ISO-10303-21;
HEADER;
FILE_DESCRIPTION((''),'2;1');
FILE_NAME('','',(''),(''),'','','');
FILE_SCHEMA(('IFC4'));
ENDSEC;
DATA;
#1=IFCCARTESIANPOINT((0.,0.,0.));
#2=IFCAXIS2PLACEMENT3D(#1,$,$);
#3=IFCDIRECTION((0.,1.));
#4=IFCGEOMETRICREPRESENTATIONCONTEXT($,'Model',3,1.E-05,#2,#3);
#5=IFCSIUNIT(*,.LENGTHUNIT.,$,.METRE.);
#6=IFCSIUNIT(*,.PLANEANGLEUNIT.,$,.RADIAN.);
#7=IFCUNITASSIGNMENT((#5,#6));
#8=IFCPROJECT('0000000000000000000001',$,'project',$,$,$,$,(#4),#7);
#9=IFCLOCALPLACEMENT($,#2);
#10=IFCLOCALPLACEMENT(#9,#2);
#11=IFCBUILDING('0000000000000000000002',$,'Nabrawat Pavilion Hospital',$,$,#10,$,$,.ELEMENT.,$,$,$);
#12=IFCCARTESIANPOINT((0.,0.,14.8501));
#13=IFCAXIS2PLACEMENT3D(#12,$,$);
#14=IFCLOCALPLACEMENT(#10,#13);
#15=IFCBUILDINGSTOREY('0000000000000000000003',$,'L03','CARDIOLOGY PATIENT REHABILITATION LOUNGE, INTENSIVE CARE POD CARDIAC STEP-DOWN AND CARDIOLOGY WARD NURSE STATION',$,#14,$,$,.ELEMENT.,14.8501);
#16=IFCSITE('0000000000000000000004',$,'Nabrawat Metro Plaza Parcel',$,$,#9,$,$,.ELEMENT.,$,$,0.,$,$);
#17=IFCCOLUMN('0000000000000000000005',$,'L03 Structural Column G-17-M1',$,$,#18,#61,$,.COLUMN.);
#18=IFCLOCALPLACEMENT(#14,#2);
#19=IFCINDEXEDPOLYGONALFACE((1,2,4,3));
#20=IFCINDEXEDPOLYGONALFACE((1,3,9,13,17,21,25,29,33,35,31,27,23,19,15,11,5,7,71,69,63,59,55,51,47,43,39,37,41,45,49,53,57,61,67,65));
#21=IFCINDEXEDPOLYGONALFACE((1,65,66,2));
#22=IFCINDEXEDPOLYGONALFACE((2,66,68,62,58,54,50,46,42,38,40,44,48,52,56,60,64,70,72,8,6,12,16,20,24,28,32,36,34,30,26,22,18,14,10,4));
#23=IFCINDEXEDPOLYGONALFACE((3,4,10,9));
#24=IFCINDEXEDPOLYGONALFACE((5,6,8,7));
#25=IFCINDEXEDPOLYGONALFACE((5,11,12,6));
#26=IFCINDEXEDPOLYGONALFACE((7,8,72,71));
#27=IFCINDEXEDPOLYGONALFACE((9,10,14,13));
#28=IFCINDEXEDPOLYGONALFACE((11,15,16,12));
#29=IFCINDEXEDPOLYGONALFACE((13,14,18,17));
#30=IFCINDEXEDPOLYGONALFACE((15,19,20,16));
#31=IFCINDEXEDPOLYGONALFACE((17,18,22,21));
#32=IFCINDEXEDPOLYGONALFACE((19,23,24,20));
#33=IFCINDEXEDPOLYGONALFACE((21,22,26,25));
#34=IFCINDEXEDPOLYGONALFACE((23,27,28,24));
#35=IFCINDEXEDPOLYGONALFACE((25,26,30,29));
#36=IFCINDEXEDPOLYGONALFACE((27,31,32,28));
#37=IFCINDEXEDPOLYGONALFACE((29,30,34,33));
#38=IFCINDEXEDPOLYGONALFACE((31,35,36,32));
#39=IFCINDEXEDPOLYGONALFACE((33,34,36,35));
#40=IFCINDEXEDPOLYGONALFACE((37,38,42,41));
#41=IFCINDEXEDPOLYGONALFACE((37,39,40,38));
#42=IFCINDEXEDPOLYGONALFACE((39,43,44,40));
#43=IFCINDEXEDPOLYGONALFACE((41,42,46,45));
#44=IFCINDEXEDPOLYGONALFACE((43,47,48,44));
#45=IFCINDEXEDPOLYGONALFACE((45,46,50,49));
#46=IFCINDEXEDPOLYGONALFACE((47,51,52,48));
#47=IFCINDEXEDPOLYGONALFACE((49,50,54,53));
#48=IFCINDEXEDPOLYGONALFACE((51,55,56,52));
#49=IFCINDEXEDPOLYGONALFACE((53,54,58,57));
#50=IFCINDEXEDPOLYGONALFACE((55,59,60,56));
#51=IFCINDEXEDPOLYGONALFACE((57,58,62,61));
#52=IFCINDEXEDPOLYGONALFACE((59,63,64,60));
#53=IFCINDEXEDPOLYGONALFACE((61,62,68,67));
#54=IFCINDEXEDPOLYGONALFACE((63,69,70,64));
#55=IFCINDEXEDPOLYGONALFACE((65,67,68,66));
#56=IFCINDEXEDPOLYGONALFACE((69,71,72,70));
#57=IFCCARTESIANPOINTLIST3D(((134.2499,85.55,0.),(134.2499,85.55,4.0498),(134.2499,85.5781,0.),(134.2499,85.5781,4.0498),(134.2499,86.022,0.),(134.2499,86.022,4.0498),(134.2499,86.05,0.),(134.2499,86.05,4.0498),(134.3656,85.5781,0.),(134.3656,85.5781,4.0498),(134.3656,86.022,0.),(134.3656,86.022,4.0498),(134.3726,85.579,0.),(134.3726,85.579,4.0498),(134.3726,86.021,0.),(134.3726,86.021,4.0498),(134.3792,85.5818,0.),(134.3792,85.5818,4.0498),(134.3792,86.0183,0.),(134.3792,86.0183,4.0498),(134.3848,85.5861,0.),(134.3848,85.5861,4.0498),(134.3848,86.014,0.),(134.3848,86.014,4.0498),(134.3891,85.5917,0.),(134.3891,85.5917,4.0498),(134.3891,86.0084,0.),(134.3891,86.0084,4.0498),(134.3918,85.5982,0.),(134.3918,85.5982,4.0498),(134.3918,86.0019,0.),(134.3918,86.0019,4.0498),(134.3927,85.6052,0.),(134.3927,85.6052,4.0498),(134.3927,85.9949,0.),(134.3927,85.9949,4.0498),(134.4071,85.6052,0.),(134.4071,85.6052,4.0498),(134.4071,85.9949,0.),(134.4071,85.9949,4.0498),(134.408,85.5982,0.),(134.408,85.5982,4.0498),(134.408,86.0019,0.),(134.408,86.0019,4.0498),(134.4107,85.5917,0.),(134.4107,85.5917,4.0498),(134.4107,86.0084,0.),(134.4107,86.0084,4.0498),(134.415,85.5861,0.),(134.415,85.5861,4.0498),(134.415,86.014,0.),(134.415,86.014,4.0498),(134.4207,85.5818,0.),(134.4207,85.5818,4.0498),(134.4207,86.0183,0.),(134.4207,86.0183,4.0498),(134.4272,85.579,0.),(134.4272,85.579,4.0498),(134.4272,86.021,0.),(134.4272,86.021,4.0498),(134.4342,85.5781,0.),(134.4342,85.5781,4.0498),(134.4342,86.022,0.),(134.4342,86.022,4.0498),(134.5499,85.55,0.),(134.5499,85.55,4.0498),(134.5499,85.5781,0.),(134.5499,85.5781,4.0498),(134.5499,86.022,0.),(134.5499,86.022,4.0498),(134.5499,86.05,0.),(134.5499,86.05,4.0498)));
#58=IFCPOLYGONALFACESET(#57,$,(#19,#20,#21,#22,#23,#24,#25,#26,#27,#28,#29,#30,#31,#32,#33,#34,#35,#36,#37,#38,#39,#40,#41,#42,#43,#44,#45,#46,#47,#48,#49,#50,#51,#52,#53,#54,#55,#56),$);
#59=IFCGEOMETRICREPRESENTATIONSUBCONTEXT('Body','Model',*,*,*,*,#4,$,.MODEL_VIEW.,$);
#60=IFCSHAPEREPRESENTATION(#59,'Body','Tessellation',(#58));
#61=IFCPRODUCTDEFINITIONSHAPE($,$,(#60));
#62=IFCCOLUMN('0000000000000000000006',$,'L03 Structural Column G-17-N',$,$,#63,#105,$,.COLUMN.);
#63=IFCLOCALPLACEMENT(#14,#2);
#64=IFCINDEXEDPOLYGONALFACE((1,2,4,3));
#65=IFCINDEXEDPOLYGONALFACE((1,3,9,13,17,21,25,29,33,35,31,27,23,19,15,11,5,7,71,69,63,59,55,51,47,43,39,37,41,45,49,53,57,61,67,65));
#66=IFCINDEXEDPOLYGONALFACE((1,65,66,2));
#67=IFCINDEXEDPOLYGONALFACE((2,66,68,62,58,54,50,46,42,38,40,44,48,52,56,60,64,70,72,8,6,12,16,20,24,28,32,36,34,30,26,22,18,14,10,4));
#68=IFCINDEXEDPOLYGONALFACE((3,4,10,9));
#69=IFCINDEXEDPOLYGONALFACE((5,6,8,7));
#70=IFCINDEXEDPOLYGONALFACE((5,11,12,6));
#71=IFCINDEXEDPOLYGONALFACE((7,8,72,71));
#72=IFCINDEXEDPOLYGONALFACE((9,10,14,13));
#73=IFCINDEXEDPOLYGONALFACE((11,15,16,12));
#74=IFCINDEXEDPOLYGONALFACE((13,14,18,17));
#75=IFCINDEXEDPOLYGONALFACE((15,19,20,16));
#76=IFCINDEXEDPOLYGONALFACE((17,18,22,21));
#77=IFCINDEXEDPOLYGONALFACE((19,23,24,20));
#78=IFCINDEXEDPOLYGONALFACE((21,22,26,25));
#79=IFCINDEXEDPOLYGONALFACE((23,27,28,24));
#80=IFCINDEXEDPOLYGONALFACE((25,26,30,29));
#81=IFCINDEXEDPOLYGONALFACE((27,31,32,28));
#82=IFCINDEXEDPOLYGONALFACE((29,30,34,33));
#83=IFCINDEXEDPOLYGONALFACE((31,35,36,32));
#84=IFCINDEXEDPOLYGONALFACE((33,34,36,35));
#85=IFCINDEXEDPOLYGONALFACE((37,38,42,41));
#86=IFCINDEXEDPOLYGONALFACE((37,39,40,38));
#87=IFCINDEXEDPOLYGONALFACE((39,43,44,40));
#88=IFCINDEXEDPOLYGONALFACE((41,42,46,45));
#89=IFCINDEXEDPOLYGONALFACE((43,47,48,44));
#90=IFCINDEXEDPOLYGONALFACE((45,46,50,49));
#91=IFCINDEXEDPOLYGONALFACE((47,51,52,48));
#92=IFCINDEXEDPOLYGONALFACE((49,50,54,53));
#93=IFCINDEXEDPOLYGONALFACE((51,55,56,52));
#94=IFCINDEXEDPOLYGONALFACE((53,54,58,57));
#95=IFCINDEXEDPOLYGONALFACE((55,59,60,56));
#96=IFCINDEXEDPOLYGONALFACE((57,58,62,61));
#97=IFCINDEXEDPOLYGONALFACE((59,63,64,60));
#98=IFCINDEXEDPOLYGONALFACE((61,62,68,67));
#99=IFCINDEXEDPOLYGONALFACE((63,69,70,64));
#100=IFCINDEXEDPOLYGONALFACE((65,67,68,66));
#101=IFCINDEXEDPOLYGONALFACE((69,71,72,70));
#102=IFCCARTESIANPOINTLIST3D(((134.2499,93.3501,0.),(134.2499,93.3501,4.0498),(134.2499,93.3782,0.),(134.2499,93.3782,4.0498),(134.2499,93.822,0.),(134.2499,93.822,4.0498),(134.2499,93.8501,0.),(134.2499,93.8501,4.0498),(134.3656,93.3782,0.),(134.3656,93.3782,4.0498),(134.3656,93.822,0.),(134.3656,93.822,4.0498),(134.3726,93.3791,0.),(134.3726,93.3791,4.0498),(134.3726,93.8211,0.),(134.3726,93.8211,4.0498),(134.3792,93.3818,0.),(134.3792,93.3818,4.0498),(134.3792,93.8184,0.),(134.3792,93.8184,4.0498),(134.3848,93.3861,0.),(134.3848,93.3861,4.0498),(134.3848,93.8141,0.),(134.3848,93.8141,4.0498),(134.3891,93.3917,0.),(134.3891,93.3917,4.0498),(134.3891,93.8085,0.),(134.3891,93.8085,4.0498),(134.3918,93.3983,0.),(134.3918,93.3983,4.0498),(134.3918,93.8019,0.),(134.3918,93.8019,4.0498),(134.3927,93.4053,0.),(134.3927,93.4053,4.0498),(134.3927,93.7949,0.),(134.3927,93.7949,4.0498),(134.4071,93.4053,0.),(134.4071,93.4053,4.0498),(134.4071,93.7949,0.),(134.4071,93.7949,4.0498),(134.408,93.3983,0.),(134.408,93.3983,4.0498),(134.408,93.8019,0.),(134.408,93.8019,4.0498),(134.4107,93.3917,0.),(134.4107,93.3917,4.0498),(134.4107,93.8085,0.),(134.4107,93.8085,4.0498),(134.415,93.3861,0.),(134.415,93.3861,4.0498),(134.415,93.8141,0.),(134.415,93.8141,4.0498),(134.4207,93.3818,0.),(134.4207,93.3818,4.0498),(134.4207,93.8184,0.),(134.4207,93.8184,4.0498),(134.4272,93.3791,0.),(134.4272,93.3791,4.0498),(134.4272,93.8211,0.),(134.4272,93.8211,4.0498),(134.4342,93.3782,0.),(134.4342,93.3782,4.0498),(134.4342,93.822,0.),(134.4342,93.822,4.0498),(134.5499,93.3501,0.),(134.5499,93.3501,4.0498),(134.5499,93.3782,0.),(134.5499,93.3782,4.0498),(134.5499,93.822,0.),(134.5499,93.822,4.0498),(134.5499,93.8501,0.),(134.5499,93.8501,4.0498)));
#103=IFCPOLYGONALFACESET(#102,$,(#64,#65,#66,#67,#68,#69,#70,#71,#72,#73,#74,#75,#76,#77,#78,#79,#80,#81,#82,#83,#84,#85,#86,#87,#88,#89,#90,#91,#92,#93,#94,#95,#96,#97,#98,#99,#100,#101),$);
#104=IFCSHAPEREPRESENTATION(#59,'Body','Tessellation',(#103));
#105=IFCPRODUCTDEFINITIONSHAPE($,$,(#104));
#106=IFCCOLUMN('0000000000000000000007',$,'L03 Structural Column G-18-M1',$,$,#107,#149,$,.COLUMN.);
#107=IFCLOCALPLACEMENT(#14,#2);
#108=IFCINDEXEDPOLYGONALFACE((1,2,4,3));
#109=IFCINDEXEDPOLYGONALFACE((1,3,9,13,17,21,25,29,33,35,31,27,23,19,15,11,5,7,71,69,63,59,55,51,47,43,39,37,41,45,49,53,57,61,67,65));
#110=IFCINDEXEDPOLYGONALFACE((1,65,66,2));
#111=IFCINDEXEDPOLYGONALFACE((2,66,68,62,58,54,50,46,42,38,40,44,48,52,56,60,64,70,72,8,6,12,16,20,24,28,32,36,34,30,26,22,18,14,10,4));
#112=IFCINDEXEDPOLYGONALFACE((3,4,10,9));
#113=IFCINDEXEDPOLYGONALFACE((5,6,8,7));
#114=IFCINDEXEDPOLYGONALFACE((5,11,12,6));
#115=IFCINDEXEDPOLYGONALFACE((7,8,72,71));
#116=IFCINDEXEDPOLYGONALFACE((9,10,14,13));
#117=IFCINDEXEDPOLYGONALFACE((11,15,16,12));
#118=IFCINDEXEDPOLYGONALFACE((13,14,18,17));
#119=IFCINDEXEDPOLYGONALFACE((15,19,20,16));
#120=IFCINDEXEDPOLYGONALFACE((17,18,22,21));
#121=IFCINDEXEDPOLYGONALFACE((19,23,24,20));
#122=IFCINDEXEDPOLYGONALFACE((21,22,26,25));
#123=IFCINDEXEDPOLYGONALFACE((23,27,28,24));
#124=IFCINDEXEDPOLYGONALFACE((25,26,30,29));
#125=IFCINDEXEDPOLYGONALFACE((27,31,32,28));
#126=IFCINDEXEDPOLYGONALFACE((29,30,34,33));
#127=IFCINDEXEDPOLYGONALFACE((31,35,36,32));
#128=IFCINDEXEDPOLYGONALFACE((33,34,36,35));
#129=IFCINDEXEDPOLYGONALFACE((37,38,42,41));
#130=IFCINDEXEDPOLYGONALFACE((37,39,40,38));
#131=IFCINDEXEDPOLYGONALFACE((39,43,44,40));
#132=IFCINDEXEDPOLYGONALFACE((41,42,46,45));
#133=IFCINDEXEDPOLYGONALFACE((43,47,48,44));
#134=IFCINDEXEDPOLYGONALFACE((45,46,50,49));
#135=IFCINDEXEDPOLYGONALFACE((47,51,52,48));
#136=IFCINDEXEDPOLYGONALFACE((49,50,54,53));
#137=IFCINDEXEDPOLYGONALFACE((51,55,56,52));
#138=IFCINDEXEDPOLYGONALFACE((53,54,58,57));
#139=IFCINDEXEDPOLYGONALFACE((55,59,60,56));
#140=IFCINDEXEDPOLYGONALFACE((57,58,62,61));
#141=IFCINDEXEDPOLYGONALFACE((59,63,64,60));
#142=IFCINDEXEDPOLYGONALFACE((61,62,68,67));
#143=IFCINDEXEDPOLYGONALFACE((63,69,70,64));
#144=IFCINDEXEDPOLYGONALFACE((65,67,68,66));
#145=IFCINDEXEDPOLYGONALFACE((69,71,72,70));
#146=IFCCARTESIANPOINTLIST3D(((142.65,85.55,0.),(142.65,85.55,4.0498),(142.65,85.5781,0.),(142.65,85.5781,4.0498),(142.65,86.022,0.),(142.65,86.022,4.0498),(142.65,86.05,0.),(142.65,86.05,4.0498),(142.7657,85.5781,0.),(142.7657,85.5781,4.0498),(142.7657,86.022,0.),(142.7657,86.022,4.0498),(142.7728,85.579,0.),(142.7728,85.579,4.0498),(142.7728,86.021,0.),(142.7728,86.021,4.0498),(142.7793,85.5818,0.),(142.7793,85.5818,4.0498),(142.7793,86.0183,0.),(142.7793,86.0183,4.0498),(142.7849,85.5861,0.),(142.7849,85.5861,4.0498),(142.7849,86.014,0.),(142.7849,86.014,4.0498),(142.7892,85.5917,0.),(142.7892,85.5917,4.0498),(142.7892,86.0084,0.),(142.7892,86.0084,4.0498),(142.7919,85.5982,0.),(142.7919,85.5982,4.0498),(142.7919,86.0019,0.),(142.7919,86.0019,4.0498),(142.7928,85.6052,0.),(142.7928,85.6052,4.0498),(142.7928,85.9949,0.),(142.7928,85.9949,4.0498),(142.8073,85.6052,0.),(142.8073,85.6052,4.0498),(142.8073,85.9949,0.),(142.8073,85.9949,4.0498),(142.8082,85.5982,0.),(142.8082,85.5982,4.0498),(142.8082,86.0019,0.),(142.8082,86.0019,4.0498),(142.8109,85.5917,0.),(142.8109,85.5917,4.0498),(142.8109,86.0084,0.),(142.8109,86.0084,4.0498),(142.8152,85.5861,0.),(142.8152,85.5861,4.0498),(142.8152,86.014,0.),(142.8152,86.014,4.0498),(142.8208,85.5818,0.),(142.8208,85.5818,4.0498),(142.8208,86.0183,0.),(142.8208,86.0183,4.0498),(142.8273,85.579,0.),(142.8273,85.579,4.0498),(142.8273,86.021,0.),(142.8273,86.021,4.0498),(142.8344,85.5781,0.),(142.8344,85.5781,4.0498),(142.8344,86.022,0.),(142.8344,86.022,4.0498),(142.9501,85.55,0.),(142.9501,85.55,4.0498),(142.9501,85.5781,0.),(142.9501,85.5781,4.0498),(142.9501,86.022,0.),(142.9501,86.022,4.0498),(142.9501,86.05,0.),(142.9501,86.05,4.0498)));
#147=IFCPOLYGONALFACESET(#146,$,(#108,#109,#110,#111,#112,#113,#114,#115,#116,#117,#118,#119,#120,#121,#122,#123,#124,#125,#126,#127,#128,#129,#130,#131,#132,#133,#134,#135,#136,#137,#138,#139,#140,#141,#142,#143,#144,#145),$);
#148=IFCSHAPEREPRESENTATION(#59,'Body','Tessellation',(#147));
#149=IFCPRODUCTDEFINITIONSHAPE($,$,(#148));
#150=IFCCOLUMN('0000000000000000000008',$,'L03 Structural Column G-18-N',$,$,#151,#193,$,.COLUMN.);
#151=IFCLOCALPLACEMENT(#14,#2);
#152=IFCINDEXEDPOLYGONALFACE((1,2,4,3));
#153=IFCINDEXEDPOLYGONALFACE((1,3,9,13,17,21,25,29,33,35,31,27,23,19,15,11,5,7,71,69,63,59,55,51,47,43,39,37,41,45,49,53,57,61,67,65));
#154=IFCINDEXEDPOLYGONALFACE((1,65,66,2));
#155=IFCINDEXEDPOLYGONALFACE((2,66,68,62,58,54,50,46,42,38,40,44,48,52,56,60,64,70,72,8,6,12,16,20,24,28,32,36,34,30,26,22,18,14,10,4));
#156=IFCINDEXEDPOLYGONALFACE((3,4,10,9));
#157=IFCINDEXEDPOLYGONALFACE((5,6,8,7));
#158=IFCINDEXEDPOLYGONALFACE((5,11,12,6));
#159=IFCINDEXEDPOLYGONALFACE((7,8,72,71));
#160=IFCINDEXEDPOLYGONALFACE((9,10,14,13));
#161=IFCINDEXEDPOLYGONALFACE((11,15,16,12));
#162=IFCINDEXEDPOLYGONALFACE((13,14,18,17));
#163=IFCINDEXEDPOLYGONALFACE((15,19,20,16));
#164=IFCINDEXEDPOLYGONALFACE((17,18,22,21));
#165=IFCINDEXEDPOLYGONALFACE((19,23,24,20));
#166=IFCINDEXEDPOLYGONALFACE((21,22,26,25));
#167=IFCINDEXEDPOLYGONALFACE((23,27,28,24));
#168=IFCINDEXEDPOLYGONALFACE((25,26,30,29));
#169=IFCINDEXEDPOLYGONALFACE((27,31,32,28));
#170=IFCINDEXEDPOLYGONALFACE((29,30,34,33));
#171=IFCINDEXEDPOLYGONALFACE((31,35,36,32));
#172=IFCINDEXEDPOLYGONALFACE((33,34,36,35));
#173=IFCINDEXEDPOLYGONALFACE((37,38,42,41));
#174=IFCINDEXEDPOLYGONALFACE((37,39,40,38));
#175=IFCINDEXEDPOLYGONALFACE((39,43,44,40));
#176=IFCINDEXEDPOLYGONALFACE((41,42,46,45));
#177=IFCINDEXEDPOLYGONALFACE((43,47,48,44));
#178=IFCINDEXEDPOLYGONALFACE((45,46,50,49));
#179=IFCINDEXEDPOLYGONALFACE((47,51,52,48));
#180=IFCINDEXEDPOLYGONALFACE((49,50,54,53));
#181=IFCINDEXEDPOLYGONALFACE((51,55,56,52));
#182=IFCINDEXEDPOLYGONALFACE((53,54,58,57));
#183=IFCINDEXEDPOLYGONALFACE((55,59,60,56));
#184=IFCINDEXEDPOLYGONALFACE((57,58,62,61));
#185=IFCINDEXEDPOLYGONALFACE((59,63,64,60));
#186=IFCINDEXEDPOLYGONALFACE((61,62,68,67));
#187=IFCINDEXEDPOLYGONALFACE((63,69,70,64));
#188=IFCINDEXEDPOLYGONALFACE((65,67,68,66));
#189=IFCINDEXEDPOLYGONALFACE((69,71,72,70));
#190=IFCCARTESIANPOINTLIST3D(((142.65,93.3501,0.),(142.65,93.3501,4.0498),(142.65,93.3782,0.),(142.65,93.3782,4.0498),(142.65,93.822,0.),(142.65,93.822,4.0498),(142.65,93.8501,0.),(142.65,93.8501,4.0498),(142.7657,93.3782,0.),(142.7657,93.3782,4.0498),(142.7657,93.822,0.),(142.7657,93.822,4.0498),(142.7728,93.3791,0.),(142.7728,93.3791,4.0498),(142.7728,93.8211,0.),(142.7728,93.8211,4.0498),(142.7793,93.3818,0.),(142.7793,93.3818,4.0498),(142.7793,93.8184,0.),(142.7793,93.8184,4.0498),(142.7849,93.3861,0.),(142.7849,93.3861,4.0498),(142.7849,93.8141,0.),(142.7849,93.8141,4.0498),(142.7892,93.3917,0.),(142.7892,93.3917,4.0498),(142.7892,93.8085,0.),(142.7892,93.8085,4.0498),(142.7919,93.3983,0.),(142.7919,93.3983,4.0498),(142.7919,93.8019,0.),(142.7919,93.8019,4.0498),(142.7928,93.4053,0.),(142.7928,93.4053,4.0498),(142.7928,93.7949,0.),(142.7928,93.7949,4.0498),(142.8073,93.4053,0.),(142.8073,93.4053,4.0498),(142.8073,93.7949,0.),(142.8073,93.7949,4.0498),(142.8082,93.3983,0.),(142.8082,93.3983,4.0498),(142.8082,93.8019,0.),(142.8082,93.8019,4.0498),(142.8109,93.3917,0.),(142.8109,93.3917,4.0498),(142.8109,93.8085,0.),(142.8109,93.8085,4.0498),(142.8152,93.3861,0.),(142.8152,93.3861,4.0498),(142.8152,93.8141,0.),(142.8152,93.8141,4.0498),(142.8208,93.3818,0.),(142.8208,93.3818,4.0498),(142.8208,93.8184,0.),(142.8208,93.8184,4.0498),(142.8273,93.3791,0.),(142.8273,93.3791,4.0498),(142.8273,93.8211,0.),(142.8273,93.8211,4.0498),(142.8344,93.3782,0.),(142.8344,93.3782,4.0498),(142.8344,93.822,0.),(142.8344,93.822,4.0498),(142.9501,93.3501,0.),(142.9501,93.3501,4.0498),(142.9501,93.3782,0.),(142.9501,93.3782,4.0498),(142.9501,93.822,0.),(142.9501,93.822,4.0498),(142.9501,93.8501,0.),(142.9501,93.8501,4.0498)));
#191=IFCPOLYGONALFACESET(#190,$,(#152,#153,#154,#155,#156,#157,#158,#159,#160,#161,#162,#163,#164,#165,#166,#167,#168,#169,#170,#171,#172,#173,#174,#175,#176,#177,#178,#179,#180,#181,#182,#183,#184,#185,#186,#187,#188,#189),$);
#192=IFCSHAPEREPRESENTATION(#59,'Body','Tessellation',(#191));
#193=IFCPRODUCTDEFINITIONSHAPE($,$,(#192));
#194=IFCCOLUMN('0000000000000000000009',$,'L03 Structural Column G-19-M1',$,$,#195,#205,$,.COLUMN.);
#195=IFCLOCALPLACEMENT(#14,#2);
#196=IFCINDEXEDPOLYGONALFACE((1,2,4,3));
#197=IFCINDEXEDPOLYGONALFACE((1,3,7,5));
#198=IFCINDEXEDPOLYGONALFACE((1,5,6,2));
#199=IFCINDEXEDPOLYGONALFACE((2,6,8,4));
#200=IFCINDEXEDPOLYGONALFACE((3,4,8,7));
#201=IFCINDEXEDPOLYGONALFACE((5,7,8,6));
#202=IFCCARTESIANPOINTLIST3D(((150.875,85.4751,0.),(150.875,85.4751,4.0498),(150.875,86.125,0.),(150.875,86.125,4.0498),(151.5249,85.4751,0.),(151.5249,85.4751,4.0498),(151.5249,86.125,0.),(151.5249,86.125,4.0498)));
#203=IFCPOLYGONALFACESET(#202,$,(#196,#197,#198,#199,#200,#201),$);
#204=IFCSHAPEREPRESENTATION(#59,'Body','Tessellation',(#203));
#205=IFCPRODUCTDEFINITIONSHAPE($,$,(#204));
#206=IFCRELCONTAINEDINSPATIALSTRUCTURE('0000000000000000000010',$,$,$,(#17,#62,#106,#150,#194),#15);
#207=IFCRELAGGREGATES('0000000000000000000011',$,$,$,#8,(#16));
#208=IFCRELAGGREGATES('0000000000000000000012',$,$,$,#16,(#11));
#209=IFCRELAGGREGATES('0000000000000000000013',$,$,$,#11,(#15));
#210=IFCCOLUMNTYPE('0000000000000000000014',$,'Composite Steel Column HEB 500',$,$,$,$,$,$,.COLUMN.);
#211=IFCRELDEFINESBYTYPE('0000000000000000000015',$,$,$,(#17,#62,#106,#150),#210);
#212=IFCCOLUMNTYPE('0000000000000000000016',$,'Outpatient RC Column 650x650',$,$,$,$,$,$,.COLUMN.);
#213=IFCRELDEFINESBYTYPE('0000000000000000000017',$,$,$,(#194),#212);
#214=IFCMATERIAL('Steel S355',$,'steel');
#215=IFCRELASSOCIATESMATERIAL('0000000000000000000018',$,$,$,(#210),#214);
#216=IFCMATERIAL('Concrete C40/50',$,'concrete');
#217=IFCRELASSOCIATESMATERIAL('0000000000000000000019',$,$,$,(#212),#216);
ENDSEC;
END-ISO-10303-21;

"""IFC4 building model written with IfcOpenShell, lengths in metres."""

from ifc_helpers import new_model, si_unit, direction, frame, origin, origin_2d, place, context, subcontext, project, spatial, rectangle, i_section, extrude, material, material_profile, profile_set, type_object, element, save


model = new_model("IFC4")

# Units and contexts
model_context = context("Model", 3, precision=1e-05, world=origin(), true_north=direction((0.0, 1.0)))
body_context = subcontext(model_context, "Body", "Model", "MODEL_VIEW")
ifc_project = project(units=[si_unit("LENGTHUNIT", "METRE"), si_unit("PLANEANGLEUNIT", "RADIAN")], contexts=[model_context])

# Site, building, storey
site_placement = place(None, origin())
site = spatial("IfcSite", under=ifc_project, at=site_placement, Name="Nabrawat Metro Plaza Parcel", CompositionType="ELEMENT", RefElevation=0.0)
building_placement = place(site_placement, origin())
building = spatial("IfcBuilding", under=site, at=building_placement, Name="Nabrawat Pavilion Hospital", CompositionType="ELEMENT")
storey_placement = place(building_placement, frame((0.0, 0.0, 14.8501)))
storey = spatial("IfcBuildingStorey", under=building, at=storey_placement, Name="L03", Description="CARDIOLOGY PATIENT REHABILITATION LOUNGE, INTENSIVE CARE POD CARDIAC STEP-DOWN AND CARDIOLOGY WARD NURSE STATION", CompositionType="ELEMENT", Elevation=14.8501)

# Columns
ifc_material_1 = material(Name="Steel S355", Category="steel")
ifc_material_profile_1 = material_profile(ifc_material_1, i_section(OverallWidth=0.3, OverallDepth=0.5, WebThickness=0.0144, FlangeThickness=0.0281, FilletRadius=0.0271, at=origin_2d()), Name="HEB 500")
ifc_profile_set_1 = profile_set([ifc_material_profile_1], Name="Steel S355")
column_type_1 = type_object("IfcColumnType", Name="Composite Steel Column HEB 500", PredefinedType="COLUMN", material=ifc_profile_set_1)
for number, where, z_axis, x_axis, name in (
    (1, (134.3999, 85.8, 0.0), (0.0, 0.0, 1.0), (1.0, 0.0, 0.0), "L03 Structural Column G-17-M1"),
    (2, (134.3999, 93.6001, 0.0), (0.0, 0.0, 1.0), (1.0, 0.0, 0.0), "L03 Structural Column G-17-N"),
    (3, (142.8, 85.8, 0.0), (0.0, 0.0, 1.0), (1.0, 0.0, 0.0), "L03 Structural Column G-18-M1"),
    (4, (142.8, 93.6001, 0.0), (0.0, 0.0, 1.0), (1.0, 0.0, 0.0), "L03 Structural Column G-18-N"),
):
    element("IfcColumn", number, at=place(storey_placement, frame(where, z_axis=z_axis, x_axis=x_axis)), inside=storey, type_object=column_type_1, Name=name, PredefinedType="COLUMN", context=body_context, shape_type="SweptSolid", body=[
        extrude(i_section(OverallWidth=0.3, OverallDepth=0.5, WebThickness=0.0144, FlangeThickness=0.0281, FilletRadius=0.0271, at=origin_2d()), origin(), (0.0, 0.0, 1.0), 4.0498),
    ])
ifc_material_2 = material(Name="Concrete C40/50", Category="concrete")
ifc_material_profile_2 = material_profile(ifc_material_2, rectangle(XDim=0.6499, YDim=0.6499, at=origin_2d()), Name="RC 650x650")
ifc_profile_set_2 = profile_set([ifc_material_profile_2], Name="Concrete C40/50")
column_type_2 = type_object("IfcColumnType", Name="Outpatient RC Column 650x650", PredefinedType="COLUMN", material=ifc_profile_set_2)
column_placement = place(storey_placement, frame((151.2, 85.8, 0.0), z_axis=(0.0, 0.0, 1.0), x_axis=(1.0, 0.0, 0.0)))
element("IfcColumn", 5, at=column_placement, inside=storey, type_object=column_type_2, Name="L03 Structural Column G-19-M1", PredefinedType="COLUMN", context=body_context, shape_type="SweptSolid", body=[
    extrude(rectangle(XDim=0.6499, YDim=0.6499, at=origin_2d()), origin(), (0.0, 0.0, 1.0), 4.0498),
])

save(model, "model.ifc")
